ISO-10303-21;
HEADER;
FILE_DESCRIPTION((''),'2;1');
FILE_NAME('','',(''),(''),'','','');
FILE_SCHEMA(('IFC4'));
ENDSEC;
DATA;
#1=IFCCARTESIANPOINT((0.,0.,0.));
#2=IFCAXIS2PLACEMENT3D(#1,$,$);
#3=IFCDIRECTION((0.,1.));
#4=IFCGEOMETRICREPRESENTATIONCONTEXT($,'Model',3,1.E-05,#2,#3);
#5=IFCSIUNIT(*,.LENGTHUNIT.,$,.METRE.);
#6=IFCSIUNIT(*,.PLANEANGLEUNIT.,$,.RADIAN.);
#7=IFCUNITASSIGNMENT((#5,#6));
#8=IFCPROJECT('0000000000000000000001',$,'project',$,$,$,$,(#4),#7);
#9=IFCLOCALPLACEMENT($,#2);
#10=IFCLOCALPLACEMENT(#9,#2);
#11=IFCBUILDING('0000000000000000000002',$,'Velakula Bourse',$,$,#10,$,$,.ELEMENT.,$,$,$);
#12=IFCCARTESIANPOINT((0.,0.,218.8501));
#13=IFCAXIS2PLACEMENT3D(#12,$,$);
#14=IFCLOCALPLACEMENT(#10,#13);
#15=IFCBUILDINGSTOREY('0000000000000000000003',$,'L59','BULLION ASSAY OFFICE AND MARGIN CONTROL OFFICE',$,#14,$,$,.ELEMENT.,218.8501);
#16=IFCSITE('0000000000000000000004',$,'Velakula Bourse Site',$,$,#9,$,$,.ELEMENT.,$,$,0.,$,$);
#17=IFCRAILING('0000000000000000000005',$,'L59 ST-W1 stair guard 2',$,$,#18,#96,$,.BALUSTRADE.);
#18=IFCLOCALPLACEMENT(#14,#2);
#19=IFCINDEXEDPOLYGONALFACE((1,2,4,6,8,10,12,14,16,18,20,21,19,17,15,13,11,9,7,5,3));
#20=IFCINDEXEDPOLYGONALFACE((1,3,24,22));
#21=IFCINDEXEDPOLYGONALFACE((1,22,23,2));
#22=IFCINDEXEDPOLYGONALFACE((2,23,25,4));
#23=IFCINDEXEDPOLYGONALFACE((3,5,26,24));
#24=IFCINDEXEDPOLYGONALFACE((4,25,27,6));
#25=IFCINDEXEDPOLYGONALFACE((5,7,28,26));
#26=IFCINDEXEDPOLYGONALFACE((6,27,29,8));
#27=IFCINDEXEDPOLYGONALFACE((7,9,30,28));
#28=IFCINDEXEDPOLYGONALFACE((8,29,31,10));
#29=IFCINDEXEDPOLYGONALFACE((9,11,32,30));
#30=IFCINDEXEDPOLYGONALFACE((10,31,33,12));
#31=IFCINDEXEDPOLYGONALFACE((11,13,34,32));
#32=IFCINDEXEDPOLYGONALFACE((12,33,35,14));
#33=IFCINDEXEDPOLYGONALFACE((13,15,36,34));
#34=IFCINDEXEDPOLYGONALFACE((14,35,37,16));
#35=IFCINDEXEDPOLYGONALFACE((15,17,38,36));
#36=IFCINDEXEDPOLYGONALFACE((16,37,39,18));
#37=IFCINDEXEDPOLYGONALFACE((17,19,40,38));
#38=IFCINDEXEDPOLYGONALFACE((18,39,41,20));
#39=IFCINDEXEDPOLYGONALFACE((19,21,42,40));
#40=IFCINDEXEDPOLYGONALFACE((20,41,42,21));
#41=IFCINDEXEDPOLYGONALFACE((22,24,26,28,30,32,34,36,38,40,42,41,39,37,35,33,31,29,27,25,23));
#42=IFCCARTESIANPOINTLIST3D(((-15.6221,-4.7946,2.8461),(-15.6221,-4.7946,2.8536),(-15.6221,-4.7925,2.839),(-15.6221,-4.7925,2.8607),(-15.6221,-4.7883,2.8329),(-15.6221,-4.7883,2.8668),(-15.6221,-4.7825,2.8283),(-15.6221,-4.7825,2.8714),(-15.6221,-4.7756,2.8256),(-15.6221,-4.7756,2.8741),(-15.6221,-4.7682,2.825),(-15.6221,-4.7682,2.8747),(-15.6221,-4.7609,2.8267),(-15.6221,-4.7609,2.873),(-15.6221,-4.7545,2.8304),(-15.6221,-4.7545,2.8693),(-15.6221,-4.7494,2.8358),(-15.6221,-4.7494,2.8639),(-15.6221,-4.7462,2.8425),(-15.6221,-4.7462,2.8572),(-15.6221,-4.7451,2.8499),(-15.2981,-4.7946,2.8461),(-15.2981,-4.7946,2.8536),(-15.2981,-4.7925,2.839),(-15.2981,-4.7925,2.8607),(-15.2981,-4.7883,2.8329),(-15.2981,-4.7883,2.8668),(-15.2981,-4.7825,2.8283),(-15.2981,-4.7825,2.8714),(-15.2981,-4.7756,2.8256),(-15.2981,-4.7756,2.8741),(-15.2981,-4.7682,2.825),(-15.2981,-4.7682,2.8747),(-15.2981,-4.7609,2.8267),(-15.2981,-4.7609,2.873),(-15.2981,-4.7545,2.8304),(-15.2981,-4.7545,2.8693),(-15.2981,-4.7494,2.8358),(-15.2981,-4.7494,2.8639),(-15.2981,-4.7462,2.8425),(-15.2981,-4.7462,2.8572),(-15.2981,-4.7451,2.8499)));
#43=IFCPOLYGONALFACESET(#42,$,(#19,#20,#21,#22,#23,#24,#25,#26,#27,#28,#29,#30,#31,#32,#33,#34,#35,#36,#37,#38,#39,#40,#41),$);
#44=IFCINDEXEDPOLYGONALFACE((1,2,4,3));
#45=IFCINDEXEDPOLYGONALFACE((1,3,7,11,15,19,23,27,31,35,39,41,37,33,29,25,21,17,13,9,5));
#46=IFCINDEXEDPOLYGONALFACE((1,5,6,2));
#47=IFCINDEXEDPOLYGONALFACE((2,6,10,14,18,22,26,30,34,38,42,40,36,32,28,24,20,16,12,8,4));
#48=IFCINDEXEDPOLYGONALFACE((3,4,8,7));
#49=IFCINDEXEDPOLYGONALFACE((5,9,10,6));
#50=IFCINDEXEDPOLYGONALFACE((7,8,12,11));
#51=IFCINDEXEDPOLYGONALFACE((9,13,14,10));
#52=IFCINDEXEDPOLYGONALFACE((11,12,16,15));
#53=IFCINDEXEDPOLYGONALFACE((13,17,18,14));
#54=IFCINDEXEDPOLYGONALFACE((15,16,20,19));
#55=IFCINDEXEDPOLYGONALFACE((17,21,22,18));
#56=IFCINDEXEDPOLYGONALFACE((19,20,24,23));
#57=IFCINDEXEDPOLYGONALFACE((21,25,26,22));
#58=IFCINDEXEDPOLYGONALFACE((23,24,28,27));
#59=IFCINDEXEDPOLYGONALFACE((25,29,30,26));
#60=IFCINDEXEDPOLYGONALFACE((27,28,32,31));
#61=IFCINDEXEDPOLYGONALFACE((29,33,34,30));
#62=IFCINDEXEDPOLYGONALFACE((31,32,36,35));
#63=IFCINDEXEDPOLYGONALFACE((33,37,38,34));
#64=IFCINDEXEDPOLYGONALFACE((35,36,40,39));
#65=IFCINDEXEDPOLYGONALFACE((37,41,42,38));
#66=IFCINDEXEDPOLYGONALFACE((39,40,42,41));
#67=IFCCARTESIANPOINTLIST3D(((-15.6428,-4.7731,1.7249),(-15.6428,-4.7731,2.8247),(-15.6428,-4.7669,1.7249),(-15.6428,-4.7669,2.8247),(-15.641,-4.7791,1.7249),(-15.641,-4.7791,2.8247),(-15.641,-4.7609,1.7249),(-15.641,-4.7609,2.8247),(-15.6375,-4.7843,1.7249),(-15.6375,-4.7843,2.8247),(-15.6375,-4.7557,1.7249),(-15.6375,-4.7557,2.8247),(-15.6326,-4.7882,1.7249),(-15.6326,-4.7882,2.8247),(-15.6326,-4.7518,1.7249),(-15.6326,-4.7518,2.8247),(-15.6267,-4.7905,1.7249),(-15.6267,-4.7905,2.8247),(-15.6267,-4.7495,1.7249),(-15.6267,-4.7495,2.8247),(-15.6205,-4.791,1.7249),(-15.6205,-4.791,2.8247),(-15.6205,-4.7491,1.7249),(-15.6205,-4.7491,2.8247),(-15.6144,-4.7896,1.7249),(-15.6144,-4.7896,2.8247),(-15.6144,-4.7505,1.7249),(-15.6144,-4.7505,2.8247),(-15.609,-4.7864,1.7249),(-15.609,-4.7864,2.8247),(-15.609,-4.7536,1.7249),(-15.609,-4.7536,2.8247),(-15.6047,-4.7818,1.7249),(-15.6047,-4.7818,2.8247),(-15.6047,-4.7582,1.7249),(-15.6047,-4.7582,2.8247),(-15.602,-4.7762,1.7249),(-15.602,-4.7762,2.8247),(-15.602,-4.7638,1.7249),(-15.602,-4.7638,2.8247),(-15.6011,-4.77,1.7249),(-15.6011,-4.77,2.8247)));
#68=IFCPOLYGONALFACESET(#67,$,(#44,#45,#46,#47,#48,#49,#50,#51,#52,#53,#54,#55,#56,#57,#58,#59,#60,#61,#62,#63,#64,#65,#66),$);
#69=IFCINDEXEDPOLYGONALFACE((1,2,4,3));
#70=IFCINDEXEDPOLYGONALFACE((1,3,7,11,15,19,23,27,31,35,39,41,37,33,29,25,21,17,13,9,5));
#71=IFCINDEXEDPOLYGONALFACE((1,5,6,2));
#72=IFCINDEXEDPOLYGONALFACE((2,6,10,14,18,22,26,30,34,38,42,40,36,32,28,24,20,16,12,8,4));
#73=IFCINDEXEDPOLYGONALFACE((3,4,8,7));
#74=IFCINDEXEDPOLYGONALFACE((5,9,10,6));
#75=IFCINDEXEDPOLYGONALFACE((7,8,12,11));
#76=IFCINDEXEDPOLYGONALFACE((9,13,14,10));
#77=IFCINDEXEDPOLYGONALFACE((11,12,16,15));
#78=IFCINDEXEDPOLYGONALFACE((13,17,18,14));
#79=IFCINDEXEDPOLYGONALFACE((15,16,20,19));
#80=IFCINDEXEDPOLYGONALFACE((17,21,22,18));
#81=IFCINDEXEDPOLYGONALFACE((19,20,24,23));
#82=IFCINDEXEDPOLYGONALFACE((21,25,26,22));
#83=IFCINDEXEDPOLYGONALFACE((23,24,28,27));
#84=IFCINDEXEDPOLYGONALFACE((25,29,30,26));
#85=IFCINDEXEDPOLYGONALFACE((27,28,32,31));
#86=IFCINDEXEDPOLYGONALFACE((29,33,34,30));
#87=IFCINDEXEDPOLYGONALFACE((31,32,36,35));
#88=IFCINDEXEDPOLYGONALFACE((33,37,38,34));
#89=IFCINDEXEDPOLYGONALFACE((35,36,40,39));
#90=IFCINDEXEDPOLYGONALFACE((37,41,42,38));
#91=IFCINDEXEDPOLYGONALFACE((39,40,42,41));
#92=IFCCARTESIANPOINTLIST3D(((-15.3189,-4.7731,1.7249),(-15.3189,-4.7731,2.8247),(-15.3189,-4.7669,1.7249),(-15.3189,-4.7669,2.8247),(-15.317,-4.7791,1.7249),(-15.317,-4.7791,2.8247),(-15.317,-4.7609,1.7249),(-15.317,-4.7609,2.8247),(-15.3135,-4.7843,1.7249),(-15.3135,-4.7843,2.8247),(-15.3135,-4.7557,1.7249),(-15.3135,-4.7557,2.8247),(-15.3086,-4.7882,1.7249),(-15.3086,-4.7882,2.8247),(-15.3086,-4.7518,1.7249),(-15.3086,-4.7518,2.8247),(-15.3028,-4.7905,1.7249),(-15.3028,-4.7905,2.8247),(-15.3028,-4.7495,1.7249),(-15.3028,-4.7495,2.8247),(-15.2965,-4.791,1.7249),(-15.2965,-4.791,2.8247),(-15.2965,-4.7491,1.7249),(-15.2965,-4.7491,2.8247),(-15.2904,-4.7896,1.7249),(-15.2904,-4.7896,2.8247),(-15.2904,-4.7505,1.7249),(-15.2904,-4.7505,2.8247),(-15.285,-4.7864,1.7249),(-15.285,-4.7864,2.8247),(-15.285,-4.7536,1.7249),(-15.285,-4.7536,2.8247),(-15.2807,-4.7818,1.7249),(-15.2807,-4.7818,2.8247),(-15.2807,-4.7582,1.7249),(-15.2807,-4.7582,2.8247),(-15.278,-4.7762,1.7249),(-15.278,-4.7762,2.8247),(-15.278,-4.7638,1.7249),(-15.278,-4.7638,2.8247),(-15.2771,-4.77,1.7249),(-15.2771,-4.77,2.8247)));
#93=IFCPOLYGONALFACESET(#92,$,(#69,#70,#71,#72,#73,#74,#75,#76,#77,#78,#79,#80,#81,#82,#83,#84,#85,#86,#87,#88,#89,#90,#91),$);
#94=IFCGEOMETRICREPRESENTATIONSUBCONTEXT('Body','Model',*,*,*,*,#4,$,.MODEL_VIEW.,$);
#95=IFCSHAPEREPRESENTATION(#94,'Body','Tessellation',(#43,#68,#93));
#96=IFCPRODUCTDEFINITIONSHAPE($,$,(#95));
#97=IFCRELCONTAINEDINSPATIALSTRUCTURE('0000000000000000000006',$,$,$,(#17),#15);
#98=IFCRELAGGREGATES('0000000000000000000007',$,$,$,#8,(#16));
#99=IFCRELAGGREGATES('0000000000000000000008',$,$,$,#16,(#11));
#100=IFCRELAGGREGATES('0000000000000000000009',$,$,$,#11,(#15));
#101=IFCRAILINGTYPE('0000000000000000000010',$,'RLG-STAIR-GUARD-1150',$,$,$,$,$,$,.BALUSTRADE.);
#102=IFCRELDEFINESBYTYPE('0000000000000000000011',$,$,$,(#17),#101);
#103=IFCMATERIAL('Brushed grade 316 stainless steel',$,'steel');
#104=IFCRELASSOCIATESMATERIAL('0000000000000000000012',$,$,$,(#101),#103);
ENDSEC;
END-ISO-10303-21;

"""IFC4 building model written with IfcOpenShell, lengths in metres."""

from ifc_helpers import new_model, si_unit, direction, frame, origin, origin_2d, place, context, subcontext, project, spatial, circle, extrude, material, type_object, element, save


model = new_model("IFC4")

# Units and contexts
model_context = context("Model", 3, precision=1e-05, world=origin(), true_north=direction((0.0, 1.0)))
body_context = subcontext(model_context, "Body", "Model", "MODEL_VIEW")
ifc_project = project(units=[si_unit("LENGTHUNIT", "METRE"), si_unit("PLANEANGLEUNIT", "RADIAN")], contexts=[model_context])

# Site, building, storey
site_placement = place(None, origin())
site = spatial("IfcSite", under=ifc_project, at=site_placement, Name="Velakula Bourse Site", CompositionType="ELEMENT", RefElevation=0.0)
building_placement = place(site_placement, origin())
building = spatial("IfcBuilding", under=site, at=building_placement, Name="Velakula Bourse", CompositionType="ELEMENT")
storey_placement = place(building_placement, frame((0.0, 0.0, 218.8501)))
storey = spatial("IfcBuildingStorey", under=building, at=storey_placement, Name="L59", Description="BULLION ASSAY OFFICE AND MARGIN CONTROL OFFICE", CompositionType="ELEMENT", Elevation=218.8501)

# Shared definitions
ifc_material_1 = material(Name="Brushed grade 316 stainless steel", Category="steel")

# Railing
railing_type_1 = type_object("IfcRailingType", Name="RLG-STAIR-GUARD-1150", PredefinedType="BALUSTRADE", material=ifc_material_1)
railing_1_placement = place(storey_placement, frame((-15.6221, -4.77, 1.7249)))
element("IfcRailing", 1, at=railing_1_placement, inside=storey, type_object=railing_type_1, Name="L59 ST-W1 stair guard 2", PredefinedType="BALUSTRADE", context=body_context, shape_type="SweptSolid", body=[
    extrude(circle(Radius=0.0249, at=origin_2d()), frame((0.0, 0.0, 1.125), z_axis=(1.0, 0.0, 0.0), x_axis=(0.0, 1.0, 0.0)), (0.0, 0.0, 1.0), 0.324),
    extrude(circle(Radius=0.021, at=origin_2d()), origin(), (0.0, 0.0, 1.0), 1.0999),
    extrude(circle(Radius=0.021, at=origin_2d()), frame((0.324, 0.0, 0.0)), (0.0, 0.0, 1.0), 1.0999),
])

save(model, "model.ifc")
